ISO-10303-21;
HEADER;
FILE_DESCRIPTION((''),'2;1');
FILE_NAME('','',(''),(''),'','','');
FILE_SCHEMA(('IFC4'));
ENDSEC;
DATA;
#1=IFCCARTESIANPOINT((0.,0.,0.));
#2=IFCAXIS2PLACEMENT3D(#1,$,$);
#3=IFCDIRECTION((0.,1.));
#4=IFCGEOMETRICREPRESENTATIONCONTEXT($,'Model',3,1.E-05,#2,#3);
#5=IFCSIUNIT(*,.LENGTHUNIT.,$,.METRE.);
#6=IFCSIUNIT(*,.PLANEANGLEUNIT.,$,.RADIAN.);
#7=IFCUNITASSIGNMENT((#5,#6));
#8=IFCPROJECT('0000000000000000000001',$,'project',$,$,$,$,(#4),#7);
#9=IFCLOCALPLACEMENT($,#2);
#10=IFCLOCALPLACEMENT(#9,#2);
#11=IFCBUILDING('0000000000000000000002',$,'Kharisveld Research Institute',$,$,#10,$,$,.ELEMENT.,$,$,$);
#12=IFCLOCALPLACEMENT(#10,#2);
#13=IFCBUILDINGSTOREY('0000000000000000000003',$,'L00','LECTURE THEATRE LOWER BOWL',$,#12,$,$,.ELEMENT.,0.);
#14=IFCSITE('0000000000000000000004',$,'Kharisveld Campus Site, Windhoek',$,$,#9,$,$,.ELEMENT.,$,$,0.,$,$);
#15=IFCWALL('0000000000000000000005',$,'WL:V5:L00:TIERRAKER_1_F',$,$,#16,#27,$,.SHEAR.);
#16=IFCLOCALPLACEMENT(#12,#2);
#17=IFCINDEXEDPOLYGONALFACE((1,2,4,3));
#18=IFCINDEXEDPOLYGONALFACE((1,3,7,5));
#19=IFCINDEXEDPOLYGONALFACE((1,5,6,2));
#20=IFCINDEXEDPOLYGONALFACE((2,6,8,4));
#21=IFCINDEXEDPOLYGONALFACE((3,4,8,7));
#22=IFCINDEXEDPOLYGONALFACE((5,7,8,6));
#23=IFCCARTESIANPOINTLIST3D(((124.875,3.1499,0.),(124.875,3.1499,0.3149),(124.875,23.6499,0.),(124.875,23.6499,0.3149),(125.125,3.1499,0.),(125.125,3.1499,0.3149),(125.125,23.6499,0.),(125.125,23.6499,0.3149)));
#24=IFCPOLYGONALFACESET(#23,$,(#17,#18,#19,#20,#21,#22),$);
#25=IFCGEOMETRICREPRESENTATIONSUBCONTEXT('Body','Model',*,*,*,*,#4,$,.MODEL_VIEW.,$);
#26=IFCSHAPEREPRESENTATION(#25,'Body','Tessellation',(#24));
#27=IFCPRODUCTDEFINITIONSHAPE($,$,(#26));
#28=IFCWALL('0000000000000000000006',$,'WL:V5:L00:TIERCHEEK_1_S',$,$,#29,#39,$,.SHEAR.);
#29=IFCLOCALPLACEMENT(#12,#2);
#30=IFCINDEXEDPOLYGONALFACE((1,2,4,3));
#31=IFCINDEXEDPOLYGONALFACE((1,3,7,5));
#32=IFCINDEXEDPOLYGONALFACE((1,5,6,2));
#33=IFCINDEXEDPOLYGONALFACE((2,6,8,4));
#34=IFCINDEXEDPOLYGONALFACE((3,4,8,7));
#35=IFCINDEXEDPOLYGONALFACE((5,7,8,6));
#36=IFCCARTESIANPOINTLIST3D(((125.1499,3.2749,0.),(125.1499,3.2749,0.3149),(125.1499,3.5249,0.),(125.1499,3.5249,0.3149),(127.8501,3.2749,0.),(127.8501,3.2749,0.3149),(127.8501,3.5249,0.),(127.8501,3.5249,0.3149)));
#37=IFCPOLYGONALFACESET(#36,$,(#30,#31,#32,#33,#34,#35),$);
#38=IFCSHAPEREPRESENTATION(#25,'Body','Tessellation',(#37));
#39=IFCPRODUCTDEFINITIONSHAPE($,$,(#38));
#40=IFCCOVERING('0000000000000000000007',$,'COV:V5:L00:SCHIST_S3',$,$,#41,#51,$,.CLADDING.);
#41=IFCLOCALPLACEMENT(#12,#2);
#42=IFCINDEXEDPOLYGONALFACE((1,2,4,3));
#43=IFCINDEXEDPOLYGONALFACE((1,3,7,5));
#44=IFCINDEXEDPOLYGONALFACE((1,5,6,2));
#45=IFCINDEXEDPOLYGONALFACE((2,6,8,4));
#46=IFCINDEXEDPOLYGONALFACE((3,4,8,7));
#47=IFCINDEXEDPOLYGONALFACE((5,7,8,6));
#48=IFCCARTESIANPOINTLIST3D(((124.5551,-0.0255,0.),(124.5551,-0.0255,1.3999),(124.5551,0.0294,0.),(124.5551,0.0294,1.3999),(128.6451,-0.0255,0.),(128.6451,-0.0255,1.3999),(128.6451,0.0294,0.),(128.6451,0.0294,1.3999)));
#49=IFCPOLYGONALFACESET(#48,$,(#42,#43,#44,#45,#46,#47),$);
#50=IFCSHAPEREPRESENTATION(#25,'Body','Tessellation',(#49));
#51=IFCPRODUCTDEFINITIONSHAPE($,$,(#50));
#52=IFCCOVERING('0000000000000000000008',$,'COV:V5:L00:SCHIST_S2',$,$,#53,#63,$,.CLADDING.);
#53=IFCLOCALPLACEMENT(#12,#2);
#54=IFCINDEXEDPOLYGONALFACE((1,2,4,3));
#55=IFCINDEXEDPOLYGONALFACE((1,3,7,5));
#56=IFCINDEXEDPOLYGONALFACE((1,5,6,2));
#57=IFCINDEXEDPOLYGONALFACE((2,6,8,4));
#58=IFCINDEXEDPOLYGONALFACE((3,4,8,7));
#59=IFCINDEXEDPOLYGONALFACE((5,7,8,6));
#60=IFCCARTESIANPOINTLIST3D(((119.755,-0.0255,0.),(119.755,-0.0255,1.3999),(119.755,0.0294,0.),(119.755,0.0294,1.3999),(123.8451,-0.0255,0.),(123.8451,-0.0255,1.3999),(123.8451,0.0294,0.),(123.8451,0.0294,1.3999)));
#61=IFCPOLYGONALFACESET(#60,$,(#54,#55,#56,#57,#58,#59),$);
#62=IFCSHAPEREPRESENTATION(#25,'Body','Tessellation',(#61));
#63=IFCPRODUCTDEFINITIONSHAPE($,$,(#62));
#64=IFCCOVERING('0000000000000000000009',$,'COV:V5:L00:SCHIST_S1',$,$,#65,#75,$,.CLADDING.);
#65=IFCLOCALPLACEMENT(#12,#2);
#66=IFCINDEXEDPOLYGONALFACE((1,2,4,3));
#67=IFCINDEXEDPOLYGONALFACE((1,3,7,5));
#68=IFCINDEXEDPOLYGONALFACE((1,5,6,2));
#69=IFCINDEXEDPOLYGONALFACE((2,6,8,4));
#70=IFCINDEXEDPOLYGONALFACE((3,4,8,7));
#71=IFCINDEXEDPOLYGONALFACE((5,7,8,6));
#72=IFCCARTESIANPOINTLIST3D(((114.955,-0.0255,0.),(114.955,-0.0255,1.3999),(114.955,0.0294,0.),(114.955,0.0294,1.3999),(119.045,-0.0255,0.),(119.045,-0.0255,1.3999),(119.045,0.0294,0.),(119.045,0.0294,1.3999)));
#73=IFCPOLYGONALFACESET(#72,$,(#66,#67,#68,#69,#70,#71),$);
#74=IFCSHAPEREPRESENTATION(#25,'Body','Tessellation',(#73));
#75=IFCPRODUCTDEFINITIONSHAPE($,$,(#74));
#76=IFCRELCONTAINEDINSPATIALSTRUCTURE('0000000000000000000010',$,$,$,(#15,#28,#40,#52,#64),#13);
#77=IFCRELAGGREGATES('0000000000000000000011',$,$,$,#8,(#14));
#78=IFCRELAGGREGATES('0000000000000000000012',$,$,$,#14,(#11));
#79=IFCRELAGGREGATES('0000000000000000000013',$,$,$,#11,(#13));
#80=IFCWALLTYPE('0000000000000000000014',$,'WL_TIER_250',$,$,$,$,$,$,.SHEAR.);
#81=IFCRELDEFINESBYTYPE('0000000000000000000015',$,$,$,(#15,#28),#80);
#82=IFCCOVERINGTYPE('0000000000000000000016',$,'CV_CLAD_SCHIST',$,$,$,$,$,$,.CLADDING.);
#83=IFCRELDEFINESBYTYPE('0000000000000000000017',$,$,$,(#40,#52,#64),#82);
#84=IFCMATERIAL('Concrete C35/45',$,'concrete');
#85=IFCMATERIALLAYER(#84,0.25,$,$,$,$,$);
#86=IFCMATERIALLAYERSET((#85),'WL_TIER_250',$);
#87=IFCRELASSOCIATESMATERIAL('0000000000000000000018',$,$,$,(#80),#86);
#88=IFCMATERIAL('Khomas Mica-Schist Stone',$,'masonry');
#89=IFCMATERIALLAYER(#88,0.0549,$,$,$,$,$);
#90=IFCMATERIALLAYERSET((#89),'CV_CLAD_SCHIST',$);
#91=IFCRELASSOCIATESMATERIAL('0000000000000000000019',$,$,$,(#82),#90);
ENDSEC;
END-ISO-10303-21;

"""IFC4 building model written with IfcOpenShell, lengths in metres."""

from ifc_helpers import new_model, si_unit, direction, frame, frame_2d, origin, origin_2d, place, context, subcontext, project, spatial, rectangle, extrude, material, layer, layer_set, type_object, element, save


model = new_model("IFC4")

# Units and contexts
model_context = context("Model", 3, precision=1e-05, world=origin(), true_north=direction((0.0, 1.0)))
body_context = subcontext(model_context, "Body", "Model", "MODEL_VIEW")
ifc_project = project(units=[si_unit("LENGTHUNIT", "METRE"), si_unit("PLANEANGLEUNIT", "RADIAN")], contexts=[model_context])

# Site, building, storey
site_placement = place(None, origin())
site = spatial("IfcSite", under=ifc_project, at=site_placement, Name="Kharisveld Campus Site, Windhoek", CompositionType="ELEMENT", RefElevation=0.0)
building_placement = place(site_placement, origin())
building = spatial("IfcBuilding", under=site, at=building_placement, Name="Kharisveld Research Institute", CompositionType="ELEMENT")
storey_placement = place(building_placement, origin())
storey = spatial("IfcBuildingStorey", under=building, at=storey_placement, Name="L00", Description="LECTURE THEATRE LOWER BOWL", CompositionType="ELEMENT", Elevation=0.0)

# Walls
ifc_material_1 = material(Name="Concrete C35/45", Category="concrete")
ifc_layer_1 = layer(ifc_material_1, 0.25)
ifc_layer_set_1 = layer_set([ifc_layer_1], Name="WL_TIER_250")
wall_type_1 = type_object("IfcWallType", Name="WL_TIER_250", PredefinedType="SHEAR", material=ifc_layer_set_1)
wall_1_placement = place(storey_placement, frame((125.0, 3.1499, 0.0), z_axis=(0.0, 0.0, 1.0), x_axis=(0.0, 1.0, 0.0)))
element("IfcWall", 1, at=wall_1_placement, inside=storey, type_object=wall_type_1, Name="WL:V5:L00:TIERRAKER_1_F", PredefinedType="SHEAR", context=body_context, shape_type="SweptSolid", body=[
    extrude(rectangle(XDim=20.5, YDim=0.25, at=frame_2d((10.25, 0.0))), origin(), (0.0, 0.0, 1.0), 0.3149),
])
wall_2_placement = place(storey_placement, frame((125.1499, 3.3999, 0.0), z_axis=(0.0, 0.0, 1.0), x_axis=(1.0, 0.0, 0.0)))
element("IfcWall", 2, at=wall_2_placement, inside=storey, type_object=wall_type_1, Name="WL:V5:L00:TIERCHEEK_1_S", PredefinedType="SHEAR", context=body_context, shape_type="SweptSolid", body=[
    extrude(rectangle(XDim=2.7002, YDim=0.25, at=frame_2d((1.3501, 0.0))), origin(), (0.0, 0.0, 1.0), 0.3149),
])

# Coverings
ifc_material_2 = material(Name="Khomas Mica-Schist Stone", Category="masonry")
ifc_layer_2 = layer(ifc_material_2, 0.0549)
ifc_layer_set_2 = layer_set([ifc_layer_2], Name="CV_CLAD_SCHIST")
covering_type = type_object("IfcCoveringType", Name="CV_CLAD_SCHIST", PredefinedType="CLADDING", material=ifc_layer_set_2)
for number, where, z_axis, x_axis, name in (
    (3, (126.6001, 0.002, 0.0), (0.0, 0.0, 1.0), (-1.0, 0.0, 0.0), "COV:V5:L00:SCHIST_S3"),
    (4, (121.8, 0.002, 0.0), (0.0, 0.0, 1.0), (-1.0, 0.0, 0.0), "COV:V5:L00:SCHIST_S2"),
    (5, (117.0, 0.002, 0.0), (0.0, 0.0, 1.0), (-1.0, 0.0, 0.0), "COV:V5:L00:SCHIST_S1"),
):
    element("IfcCovering", number, at=place(storey_placement, frame(where, z_axis=z_axis, x_axis=x_axis)), inside=storey, type_object=covering_type, Name=name, PredefinedType="CLADDING", context=body_context, shape_type="SweptSolid", body=[
        extrude(rectangle(XDim=4.0901, YDim=0.0549, at=origin_2d()), origin(), (0.0, 0.0, 1.0), 1.3999),
    ])

save(model, "model.ifc")
